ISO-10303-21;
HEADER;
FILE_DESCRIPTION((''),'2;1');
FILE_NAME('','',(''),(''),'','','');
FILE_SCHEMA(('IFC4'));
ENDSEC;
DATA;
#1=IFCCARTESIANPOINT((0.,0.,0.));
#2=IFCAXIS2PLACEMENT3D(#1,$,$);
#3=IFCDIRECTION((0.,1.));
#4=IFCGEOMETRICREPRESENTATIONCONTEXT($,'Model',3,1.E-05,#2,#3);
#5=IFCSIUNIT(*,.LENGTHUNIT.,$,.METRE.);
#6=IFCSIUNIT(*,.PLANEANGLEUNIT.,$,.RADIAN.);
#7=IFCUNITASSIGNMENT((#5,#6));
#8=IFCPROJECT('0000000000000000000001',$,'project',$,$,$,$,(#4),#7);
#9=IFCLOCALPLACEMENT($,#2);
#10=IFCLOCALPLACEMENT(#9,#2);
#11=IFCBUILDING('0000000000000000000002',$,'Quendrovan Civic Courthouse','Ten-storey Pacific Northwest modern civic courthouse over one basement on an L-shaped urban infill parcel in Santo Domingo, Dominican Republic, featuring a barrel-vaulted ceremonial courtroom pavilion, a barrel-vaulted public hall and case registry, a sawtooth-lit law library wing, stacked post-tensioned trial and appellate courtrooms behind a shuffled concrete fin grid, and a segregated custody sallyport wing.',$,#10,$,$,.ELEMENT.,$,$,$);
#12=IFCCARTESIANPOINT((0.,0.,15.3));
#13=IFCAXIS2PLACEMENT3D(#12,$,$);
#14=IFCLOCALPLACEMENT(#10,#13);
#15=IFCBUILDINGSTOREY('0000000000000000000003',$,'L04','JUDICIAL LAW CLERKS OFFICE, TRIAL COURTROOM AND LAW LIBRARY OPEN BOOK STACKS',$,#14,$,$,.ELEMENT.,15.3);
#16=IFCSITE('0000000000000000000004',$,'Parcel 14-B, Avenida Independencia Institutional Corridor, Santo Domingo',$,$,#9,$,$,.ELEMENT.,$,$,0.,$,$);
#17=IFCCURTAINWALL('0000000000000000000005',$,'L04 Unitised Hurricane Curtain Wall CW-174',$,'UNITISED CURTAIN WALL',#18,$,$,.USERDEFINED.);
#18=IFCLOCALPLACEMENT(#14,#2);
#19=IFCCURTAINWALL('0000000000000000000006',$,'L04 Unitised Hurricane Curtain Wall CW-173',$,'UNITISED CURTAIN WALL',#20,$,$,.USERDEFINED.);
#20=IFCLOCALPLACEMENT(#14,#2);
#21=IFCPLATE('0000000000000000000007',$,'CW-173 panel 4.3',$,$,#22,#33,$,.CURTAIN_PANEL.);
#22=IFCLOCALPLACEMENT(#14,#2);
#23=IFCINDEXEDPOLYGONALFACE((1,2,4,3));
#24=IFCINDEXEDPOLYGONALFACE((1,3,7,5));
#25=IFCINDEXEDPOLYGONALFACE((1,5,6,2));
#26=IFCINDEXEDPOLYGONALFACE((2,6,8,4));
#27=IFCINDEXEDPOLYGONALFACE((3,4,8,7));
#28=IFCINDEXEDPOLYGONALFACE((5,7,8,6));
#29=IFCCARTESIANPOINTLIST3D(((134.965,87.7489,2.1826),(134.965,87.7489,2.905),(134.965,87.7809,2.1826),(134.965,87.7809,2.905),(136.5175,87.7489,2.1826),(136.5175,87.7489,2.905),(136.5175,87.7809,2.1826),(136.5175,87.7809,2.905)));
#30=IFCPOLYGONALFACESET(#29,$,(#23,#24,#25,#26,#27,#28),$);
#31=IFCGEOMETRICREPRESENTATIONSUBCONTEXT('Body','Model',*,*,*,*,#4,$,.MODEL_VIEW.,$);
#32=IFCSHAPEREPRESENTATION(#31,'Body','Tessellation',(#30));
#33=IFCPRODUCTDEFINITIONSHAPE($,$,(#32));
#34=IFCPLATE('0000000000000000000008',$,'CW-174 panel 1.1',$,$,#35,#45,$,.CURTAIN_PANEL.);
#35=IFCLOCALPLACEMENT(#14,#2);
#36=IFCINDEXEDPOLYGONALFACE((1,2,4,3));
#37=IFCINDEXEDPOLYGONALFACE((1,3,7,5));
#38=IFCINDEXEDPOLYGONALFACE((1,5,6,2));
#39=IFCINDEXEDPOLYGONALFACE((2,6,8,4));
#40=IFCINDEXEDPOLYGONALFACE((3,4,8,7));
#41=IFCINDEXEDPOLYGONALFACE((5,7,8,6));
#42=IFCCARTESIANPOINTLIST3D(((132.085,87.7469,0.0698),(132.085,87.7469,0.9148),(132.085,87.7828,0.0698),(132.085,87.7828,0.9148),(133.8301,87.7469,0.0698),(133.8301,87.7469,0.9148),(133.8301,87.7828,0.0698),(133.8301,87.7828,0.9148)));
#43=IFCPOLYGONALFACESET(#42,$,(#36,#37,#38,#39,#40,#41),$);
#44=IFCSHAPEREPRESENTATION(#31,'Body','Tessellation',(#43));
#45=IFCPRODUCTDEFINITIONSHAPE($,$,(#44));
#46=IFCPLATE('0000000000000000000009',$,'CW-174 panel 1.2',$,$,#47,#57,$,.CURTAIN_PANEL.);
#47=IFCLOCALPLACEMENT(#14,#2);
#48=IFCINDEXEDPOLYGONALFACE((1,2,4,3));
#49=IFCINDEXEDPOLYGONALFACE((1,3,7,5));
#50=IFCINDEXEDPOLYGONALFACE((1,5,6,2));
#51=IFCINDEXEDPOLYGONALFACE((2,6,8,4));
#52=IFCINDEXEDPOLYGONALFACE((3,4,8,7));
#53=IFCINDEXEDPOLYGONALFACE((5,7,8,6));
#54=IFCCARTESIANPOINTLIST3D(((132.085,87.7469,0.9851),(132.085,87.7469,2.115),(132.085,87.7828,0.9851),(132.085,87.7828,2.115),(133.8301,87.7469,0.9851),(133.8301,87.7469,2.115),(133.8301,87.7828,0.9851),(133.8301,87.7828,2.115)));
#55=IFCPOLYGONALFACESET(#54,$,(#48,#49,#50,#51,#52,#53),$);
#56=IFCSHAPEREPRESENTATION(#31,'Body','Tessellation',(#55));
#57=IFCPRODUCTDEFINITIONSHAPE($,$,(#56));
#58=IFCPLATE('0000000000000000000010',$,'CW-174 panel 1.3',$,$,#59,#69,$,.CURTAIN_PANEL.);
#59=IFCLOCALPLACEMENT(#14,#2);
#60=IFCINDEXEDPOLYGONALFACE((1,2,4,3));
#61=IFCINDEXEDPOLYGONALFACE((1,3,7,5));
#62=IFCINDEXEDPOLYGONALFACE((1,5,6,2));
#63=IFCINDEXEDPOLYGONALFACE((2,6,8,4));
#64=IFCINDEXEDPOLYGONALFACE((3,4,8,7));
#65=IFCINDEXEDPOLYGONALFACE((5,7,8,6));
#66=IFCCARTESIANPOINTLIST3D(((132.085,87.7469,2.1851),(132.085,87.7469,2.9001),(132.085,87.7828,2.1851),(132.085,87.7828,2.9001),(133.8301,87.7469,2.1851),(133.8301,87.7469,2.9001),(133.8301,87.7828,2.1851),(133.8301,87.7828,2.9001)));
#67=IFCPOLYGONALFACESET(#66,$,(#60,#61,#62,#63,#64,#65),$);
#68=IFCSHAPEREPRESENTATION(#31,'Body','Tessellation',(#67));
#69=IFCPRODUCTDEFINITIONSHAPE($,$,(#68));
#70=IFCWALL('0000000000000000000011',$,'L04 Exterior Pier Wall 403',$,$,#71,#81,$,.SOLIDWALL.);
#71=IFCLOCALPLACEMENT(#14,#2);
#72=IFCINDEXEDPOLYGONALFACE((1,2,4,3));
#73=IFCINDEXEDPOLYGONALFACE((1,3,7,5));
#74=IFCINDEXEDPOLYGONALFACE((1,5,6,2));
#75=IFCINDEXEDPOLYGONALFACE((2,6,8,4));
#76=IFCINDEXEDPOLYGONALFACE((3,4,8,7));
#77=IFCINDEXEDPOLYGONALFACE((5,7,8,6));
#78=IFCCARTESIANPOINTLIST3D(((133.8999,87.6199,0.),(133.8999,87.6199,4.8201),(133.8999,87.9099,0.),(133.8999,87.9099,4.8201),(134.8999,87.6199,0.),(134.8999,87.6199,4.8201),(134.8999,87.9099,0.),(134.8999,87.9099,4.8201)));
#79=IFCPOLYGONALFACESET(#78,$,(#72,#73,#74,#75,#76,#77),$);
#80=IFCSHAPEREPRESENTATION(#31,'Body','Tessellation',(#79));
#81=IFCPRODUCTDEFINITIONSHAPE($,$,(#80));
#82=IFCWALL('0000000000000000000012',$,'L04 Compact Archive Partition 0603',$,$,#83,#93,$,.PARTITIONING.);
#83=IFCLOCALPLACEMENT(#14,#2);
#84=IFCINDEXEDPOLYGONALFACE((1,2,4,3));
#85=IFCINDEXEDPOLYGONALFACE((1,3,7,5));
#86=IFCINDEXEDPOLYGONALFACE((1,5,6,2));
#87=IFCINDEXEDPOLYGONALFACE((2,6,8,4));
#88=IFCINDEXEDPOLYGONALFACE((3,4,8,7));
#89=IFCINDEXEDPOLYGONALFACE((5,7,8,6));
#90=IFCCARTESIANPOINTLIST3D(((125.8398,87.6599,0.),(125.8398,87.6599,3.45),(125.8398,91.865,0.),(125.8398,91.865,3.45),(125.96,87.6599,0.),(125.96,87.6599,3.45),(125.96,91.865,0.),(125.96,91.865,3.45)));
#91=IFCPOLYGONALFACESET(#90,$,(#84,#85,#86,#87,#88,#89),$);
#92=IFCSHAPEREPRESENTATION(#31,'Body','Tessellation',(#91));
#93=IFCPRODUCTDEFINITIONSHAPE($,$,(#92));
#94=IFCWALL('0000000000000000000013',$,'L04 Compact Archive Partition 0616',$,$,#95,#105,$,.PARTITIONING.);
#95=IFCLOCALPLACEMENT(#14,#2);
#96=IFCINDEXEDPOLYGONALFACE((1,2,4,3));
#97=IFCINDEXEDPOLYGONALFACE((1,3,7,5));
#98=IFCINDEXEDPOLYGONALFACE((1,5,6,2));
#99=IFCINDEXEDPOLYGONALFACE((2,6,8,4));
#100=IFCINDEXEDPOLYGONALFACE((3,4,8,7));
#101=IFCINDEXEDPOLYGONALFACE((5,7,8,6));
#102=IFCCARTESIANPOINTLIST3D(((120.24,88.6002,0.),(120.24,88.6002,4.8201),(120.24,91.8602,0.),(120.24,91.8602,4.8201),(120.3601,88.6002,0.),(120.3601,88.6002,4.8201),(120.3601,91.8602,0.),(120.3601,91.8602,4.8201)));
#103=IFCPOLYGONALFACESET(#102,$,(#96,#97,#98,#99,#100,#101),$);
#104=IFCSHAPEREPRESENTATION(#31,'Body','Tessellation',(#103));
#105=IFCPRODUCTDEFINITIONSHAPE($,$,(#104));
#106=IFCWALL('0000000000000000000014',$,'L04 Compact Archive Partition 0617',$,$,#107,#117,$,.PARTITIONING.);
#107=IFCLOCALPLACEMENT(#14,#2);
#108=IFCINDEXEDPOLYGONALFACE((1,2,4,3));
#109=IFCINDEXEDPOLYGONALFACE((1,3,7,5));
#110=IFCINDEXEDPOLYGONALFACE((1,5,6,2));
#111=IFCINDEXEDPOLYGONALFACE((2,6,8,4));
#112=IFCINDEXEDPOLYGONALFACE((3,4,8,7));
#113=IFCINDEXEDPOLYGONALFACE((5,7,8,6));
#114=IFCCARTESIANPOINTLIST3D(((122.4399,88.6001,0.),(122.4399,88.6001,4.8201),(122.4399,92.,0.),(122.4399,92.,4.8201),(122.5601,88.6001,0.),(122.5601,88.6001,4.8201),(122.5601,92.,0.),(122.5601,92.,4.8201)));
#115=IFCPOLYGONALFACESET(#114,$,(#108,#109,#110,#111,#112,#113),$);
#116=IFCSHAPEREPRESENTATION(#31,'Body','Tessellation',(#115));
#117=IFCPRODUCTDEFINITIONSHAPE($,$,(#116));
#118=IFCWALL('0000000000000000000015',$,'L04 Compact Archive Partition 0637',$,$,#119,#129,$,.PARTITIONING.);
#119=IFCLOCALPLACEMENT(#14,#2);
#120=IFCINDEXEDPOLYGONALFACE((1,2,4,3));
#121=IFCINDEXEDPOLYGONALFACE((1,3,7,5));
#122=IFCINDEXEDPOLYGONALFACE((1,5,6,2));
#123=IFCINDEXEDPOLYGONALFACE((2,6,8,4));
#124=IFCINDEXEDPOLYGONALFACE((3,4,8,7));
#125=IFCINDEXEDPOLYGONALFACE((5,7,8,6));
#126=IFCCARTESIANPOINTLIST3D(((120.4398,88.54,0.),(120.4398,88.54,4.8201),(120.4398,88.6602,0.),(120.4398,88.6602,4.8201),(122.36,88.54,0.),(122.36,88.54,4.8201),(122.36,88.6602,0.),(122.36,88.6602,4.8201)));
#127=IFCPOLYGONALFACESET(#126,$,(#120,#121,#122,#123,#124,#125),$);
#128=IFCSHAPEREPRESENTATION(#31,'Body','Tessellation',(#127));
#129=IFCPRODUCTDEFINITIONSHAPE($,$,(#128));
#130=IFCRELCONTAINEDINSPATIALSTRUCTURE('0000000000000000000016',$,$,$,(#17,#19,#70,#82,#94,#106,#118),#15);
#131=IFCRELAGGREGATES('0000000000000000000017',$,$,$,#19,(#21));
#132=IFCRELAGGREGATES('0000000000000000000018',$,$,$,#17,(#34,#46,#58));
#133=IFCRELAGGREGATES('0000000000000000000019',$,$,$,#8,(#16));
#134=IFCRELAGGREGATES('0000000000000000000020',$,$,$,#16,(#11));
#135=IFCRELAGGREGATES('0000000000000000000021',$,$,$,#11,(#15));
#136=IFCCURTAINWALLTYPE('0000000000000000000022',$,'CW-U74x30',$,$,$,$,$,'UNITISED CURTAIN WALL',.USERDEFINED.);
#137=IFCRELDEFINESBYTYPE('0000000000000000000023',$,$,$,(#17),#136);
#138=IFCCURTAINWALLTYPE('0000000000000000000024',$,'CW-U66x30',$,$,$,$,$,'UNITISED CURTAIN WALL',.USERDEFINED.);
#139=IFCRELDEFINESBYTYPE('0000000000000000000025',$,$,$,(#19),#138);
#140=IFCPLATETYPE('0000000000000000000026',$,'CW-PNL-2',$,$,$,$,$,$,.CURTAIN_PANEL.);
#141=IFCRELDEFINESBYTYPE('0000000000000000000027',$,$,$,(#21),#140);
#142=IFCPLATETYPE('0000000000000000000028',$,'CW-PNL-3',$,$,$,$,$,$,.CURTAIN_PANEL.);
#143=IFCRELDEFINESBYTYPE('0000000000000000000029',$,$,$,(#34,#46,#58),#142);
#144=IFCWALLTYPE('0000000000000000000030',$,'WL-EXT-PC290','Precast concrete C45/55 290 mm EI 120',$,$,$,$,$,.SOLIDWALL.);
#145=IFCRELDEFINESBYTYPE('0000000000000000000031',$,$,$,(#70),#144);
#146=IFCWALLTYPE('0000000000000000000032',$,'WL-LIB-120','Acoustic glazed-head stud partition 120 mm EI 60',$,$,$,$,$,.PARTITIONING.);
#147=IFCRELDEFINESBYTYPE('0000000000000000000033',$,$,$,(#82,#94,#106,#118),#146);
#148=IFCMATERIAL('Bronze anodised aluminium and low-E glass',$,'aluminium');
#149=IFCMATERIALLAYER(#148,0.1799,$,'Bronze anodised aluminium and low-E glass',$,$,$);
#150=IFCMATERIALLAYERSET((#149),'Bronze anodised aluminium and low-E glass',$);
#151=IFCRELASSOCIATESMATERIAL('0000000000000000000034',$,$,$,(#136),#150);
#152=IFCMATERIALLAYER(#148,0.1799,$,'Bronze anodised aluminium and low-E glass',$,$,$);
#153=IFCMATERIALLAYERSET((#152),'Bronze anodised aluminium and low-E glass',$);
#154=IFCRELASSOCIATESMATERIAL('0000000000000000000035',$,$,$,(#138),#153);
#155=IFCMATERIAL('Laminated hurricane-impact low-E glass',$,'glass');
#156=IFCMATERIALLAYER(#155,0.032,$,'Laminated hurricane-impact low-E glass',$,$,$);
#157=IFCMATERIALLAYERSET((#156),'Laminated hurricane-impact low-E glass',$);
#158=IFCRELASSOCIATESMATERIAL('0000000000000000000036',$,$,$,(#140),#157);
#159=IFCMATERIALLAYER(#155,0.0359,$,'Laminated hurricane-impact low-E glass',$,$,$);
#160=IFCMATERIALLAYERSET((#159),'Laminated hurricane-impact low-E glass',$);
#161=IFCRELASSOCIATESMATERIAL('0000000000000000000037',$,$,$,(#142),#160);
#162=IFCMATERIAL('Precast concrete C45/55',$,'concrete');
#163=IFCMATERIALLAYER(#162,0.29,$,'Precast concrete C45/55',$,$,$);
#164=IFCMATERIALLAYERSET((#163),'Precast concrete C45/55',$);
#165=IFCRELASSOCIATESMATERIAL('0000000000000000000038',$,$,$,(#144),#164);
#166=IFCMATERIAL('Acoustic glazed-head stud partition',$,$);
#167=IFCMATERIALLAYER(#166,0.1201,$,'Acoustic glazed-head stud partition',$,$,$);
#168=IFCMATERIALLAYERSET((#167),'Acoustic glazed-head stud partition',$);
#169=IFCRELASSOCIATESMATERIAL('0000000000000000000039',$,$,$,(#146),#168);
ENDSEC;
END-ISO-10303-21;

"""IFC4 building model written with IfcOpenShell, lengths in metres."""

from ifc_helpers import new_model, si_unit, direction, frame, frame_2d, origin, origin_2d, place, context, subcontext, project, spatial, rectangle, extrude, material, layer, layer_set, type_object, element, aggregate, save


model = new_model("IFC4")

# Units and contexts
model_context = context("Model", 3, precision=1e-05, world=origin(), true_north=direction((0.0, 1.0)))
body_context = subcontext(model_context, "Body", "Model", "MODEL_VIEW")
ifc_project = project(units=[si_unit("LENGTHUNIT", "METRE"), si_unit("PLANEANGLEUNIT", "RADIAN")], contexts=[model_context])

# Site, building, storey
site_placement = place(None, origin())
site = spatial("IfcSite", under=ifc_project, at=site_placement, Name="Parcel 14-B, Avenida Independencia Institutional Corridor, Santo Domingo", CompositionType="ELEMENT", RefElevation=0.0)
building_placement = place(site_placement, origin())
building = spatial("IfcBuilding", under=site, at=building_placement, Name="Quendrovan Civic Courthouse", Description="Ten-storey Pacific Northwest modern civic courthouse over one basement on an L-shaped urban infill parcel in Santo Domingo, Dominican Republic, featuring a barrel-vaulted ceremonial courtroom pavilion, a barrel-vaulted public hall and case registry, a sawtooth-lit law library wing, stacked post-tensioned trial and appellate courtrooms behind a shuffled concrete fin grid, and a segregated custody sallyport wing.", CompositionType="ELEMENT")
storey_placement = place(building_placement, frame((0.0, 0.0, 15.3)))
storey = spatial("IfcBuildingStorey", under=building, at=storey_placement, Name="L04", Description="JUDICIAL LAW CLERKS OFFICE, TRIAL COURTROOM AND LAW LIBRARY OPEN BOOK STACKS", CompositionType="ELEMENT", Elevation=15.3)

# Curtain wall
ifc_material_1 = material(Name="Bronze anodised aluminium and low-E glass", Category="aluminium")
ifc_layer_1 = layer(ifc_material_1, 0.1799, Name="Bronze anodised aluminium and low-E glass")
ifc_layer_set_1 = layer_set([ifc_layer_1], Name="Bronze anodised aluminium and low-E glass")
curtain_wall_type_1 = type_object("IfcCurtainWallType", Name="CW-U74x30", ElementType="UNITISED CURTAIN WALL", PredefinedType="USERDEFINED", material=ifc_layer_set_1)
curtain_wall_1_placement = place(storey_placement, origin())
curtain_wall_1 = element("IfcCurtainWall", 1, at=curtain_wall_1_placement, inside=storey, type_object=curtain_wall_type_1, Name="L04 Unitised Hurricane Curtain Wall CW-174", ObjectType="UNITISED CURTAIN WALL", PredefinedType="USERDEFINED")

# Curtain wall
ifc_layer_2 = layer(ifc_material_1, 0.1799, Name="Bronze anodised aluminium and low-E glass")
ifc_layer_set_2 = layer_set([ifc_layer_2], Name="Bronze anodised aluminium and low-E glass")
curtain_wall_type_2 = type_object("IfcCurtainWallType", Name="CW-U66x30", ElementType="UNITISED CURTAIN WALL", PredefinedType="USERDEFINED", material=ifc_layer_set_2)
curtain_wall_2_placement = place(storey_placement, origin())
curtain_wall_2 = element("IfcCurtainWall", 2, at=curtain_wall_2_placement, inside=storey, type_object=curtain_wall_type_2, Name="L04 Unitised Hurricane Curtain Wall CW-173", ObjectType="UNITISED CURTAIN WALL", PredefinedType="USERDEFINED")

# Plates
ifc_material_2 = material(Name="Laminated hurricane-impact low-E glass", Category="glass")
ifc_layer_3 = layer(ifc_material_2, 0.032, Name="Laminated hurricane-impact low-E glass")
ifc_layer_set_3 = layer_set([ifc_layer_3], Name="Laminated hurricane-impact low-E glass")
plate_type_1 = type_object("IfcPlateType", Name="CW-PNL-2", PredefinedType="CURTAIN_PANEL", material=ifc_layer_set_3)
plate_1_placement = place(storey_placement, frame((135.7412, 87.7649, 2.1826), z_axis=(0.0, 0.0, 1.0), x_axis=(-1.0, 0.0, 0.0)))
plate_1 = element("IfcPlate", 3, at=plate_1_placement, type_object=plate_type_1, Name="CW-173 panel 4.3", PredefinedType="CURTAIN_PANEL", context=body_context, shape_type="SweptSolid", body=[
    extrude(rectangle(XDim=1.5525, YDim=0.032, at=origin_2d()), origin(), (0.0, 0.0, 1.0), 0.7224),
])
aggregate(curtain_wall_2, [plate_1])
ifc_layer_4 = layer(ifc_material_2, 0.0359, Name="Laminated hurricane-impact low-E glass")
ifc_layer_set_4 = layer_set([ifc_layer_4], Name="Laminated hurricane-impact low-E glass")
plate_type_2 = type_object("IfcPlateType", Name="CW-PNL-3", PredefinedType="CURTAIN_PANEL", material=ifc_layer_set_4)
plate_2_placement = place(storey_placement, frame((132.9575, 87.7649, 0.0698), z_axis=(0.0, 0.0, 1.0), x_axis=(-1.0, 0.0, 0.0)))
plate_2 = element("IfcPlate", 4, at=plate_2_placement, type_object=plate_type_2, Name="CW-174 panel 1.1", PredefinedType="CURTAIN_PANEL", context=body_context, shape_type="SweptSolid", body=[
    extrude(rectangle(XDim=1.7451, YDim=0.0359, at=origin_2d()), origin(), (0.0, 0.0, 1.0), 0.845),
])
plate_3_placement = place(storey_placement, frame((132.9575, 87.7649, 0.9851), z_axis=(0.0, 0.0, 1.0), x_axis=(-1.0, 0.0, 0.0)))
plate_3 = element("IfcPlate", 5, at=plate_3_placement, type_object=plate_type_2, Name="CW-174 panel 1.2", PredefinedType="CURTAIN_PANEL", context=body_context, shape_type="SweptSolid", body=[
    extrude(rectangle(XDim=1.7451, YDim=0.0359, at=origin_2d()), origin(), (0.0, 0.0, 1.0), 1.1299),
])
plate_4_placement = place(storey_placement, frame((132.9575, 87.7649, 2.1851), z_axis=(0.0, 0.0, 1.0), x_axis=(-1.0, 0.0, 0.0)))
plate_4 = element("IfcPlate", 6, at=plate_4_placement, type_object=plate_type_2, Name="CW-174 panel 1.3", PredefinedType="CURTAIN_PANEL", context=body_context, shape_type="SweptSolid", body=[
    extrude(rectangle(XDim=1.7451, YDim=0.0359, at=origin_2d()), origin(), (0.0, 0.0, 1.0), 0.7151),
])
aggregate(curtain_wall_1, [plate_2, plate_3, plate_4])

# Walls
ifc_material_3 = material(Name="Precast concrete C45/55", Category="concrete")
ifc_layer_5 = layer(ifc_material_3, 0.29, Name="Precast concrete C45/55")
ifc_layer_set_5 = layer_set([ifc_layer_5], Name="Precast concrete C45/55")
wall_type_1 = type_object("IfcWallType", Name="WL-EXT-PC290", Description="Precast concrete C45/55 290 mm EI 120", PredefinedType="SOLIDWALL", material=ifc_layer_set_5)
wall_1_placement = place(storey_placement, frame((134.8999, 87.7649, 0.0), z_axis=(0.0, 0.0, 1.0), x_axis=(-1.0, 0.0, 0.0)))
element("IfcWall", 7, at=wall_1_placement, inside=storey, type_object=wall_type_1, Name="L04 Exterior Pier Wall 403", PredefinedType="SOLIDWALL", context=body_context, shape_type="SweptSolid", body=[
    extrude(rectangle(XDim=1.0, YDim=0.29, at=frame_2d((0.5, 0.0))), origin(), (0.0, 0.0, 1.0), 4.8201),
])
ifc_material_4 = material(Name="Acoustic glazed-head stud partition")
ifc_layer_6 = layer(ifc_material_4, 0.1201, Name="Acoustic glazed-head stud partition")
ifc_layer_set_6 = layer_set([ifc_layer_6], Name="Acoustic glazed-head stud partition")
wall_type_2 = type_object("IfcWallType", Name="WL-LIB-120", Description="Acoustic glazed-head stud partition 120 mm EI 60", PredefinedType="PARTITIONING", material=ifc_layer_set_6)
wall_2_placement = place(storey_placement, frame((125.8999, 91.865, 0.0), z_axis=(0.0, 0.0, 1.0), x_axis=(0.0, -1.0, 0.0)))
element("IfcWall", 8, at=wall_2_placement, inside=storey, type_object=wall_type_2, Name="L04 Compact Archive Partition 0603", PredefinedType="PARTITIONING", context=body_context, shape_type="SweptSolid", body=[
    extrude(rectangle(XDim=4.2051, YDim=0.1201, at=frame_2d((2.1025, 0.0))), origin(), (0.0, 0.0, 1.0), 3.45),
])
wall_3_placement = place(storey_placement, frame((120.3, 91.8601, 0.0), z_axis=(0.0, 0.0, 1.0), x_axis=(0.0, -1.0, 0.0)))
element("IfcWall", 9, at=wall_3_placement, inside=storey, type_object=wall_type_2, Name="L04 Compact Archive Partition 0616", PredefinedType="PARTITIONING", context=body_context, shape_type="SweptSolid", body=[
    extrude(rectangle(XDim=3.26, YDim=0.1201, at=frame_2d((1.6299, 0.0))), origin(), (0.0, 0.0, 1.0), 4.8201),
])
wall_4_placement = place(storey_placement, frame((122.5, 88.6001, 0.0), z_axis=(0.0, 0.0, 1.0), x_axis=(0.0, 1.0, 0.0)))
element("IfcWall", 10, at=wall_4_placement, inside=storey, type_object=wall_type_2, Name="L04 Compact Archive Partition 0617", PredefinedType="PARTITIONING", context=body_context, shape_type="SweptSolid", body=[
    extrude(rectangle(XDim=3.3999, YDim=0.1201, at=frame_2d((1.7, 0.0))), origin(), (0.0, 0.0, 1.0), 4.8201),
])
wall_5_placement = place(storey_placement, frame((120.4399, 88.6001, 0.0), z_axis=(0.0, 0.0, 1.0), x_axis=(1.0, 0.0, 0.0)))
element("IfcWall", 11, at=wall_5_placement, inside=storey, type_object=wall_type_2, Name="L04 Compact Archive Partition 0637", PredefinedType="PARTITIONING", context=body_context, shape_type="SweptSolid", body=[
    extrude(rectangle(XDim=1.9202, YDim=0.1201, at=frame_2d((0.96, 0.0))), origin(), (0.0, 0.0, 1.0), 4.8201),
])

save(model, "model.ifc")
